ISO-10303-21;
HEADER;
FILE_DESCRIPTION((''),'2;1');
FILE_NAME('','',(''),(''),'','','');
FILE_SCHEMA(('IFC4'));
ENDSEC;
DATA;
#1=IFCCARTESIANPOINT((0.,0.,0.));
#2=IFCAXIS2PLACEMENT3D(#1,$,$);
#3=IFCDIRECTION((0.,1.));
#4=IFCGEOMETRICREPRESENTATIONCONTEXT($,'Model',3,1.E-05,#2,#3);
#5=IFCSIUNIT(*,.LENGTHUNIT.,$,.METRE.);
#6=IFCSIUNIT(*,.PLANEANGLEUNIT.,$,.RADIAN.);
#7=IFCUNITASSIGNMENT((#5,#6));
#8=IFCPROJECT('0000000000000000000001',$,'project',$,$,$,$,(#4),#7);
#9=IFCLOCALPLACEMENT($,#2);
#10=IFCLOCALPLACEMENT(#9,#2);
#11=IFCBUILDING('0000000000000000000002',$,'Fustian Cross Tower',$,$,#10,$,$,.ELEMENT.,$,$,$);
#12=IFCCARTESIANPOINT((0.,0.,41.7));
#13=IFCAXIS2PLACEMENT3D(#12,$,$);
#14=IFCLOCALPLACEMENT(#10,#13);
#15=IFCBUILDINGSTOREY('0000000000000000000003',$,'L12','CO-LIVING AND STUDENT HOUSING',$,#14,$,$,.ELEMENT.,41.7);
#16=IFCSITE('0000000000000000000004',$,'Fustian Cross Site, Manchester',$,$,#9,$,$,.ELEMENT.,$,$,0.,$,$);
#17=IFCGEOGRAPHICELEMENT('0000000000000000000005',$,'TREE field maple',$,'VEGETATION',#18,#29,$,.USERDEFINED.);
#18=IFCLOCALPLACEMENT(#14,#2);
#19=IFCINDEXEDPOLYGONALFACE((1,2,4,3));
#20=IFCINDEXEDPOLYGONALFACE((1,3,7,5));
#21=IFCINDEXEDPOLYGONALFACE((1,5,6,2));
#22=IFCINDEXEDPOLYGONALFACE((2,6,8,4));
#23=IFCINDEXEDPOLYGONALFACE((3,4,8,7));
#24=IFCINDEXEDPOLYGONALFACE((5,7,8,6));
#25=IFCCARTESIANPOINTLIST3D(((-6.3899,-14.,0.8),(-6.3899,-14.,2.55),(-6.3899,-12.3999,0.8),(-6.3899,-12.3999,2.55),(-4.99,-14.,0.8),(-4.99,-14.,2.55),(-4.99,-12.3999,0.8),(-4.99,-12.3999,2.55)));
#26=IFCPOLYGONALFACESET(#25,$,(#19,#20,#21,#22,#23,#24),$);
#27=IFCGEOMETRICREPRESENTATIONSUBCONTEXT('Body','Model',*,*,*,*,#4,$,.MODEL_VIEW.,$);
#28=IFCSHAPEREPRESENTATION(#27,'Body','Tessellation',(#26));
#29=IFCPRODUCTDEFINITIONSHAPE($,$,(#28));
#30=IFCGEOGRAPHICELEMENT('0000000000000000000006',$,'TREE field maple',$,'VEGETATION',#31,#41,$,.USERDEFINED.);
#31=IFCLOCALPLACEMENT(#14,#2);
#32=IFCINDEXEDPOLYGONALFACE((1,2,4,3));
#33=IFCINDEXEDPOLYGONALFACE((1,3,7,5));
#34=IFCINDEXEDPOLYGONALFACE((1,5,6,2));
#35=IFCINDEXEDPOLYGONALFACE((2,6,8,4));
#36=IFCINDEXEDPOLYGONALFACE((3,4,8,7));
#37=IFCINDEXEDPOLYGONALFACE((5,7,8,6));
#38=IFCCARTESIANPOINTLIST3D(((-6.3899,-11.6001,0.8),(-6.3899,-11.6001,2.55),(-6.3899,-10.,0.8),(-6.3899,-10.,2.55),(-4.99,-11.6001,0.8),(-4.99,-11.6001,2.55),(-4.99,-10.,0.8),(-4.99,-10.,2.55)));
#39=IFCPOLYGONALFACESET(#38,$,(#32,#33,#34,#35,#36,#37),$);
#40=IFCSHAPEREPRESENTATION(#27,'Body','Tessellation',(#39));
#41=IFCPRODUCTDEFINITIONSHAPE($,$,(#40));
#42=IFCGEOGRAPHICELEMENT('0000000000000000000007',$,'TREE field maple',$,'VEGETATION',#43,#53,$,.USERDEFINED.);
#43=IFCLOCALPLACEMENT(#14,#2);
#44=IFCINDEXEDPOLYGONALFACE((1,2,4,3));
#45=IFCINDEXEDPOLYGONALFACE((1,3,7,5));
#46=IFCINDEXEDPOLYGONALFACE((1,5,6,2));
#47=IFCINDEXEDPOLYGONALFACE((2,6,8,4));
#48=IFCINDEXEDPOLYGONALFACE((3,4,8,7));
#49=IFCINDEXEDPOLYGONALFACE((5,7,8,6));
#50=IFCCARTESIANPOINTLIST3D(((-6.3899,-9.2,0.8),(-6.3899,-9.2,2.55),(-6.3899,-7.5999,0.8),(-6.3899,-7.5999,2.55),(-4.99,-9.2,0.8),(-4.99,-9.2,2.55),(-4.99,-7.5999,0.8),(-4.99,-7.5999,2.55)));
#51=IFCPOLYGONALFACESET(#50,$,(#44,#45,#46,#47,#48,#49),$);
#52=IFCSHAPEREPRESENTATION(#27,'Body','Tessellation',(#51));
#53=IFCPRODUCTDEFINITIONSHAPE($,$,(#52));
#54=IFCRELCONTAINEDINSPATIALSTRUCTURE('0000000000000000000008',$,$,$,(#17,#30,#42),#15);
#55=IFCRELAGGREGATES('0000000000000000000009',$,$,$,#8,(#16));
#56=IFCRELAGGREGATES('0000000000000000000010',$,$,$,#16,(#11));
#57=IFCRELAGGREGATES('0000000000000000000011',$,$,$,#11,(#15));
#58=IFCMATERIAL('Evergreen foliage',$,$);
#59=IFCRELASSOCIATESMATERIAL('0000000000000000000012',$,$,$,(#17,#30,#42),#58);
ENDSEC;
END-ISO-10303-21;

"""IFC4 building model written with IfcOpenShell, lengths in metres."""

from ifc_helpers import new_model, si_unit, direction, frame, origin, origin_2d, place, context, subcontext, project, spatial, rectangle, extrude, material, element, save


model = new_model("IFC4")

# Units and contexts
model_context = context("Model", 3, precision=1e-05, world=origin(), true_north=direction((0.0, 1.0)))
body_context = subcontext(model_context, "Body", "Model", "MODEL_VIEW")
ifc_project = project(units=[si_unit("LENGTHUNIT", "METRE"), si_unit("PLANEANGLEUNIT", "RADIAN")], contexts=[model_context])

# Site, building, storey
site_placement = place(None, origin())
site = spatial("IfcSite", under=ifc_project, at=site_placement, Name="Fustian Cross Site, Manchester", CompositionType="ELEMENT", RefElevation=0.0)
building_placement = place(site_placement, origin())
building = spatial("IfcBuilding", under=site, at=building_placement, Name="Fustian Cross Tower", CompositionType="ELEMENT")
storey_placement = place(building_placement, frame((0.0, 0.0, 41.7)))
storey = spatial("IfcBuildingStorey", under=building, at=storey_placement, Name="L12", Description="CO-LIVING AND STUDENT HOUSING", CompositionType="ELEMENT", Elevation=41.7)

# Geographic elements
ifc_material_1 = material(Name="Evergreen foliage")
for number, where, z_axis, x_axis, name in (
    (1, (-5.6899, -13.2, 0.8), (0.0, 0.0, 1.0), (1.0, 0.0, 0.0), "TREE field maple"),
    (2, (-5.6899, -10.8, 0.8), (0.0, 0.0, 1.0), (1.0, 0.0, 0.0), "TREE field maple"),
    (3, (-5.6899, -8.3999, 0.8), (0.0, 0.0, 1.0), (1.0, 0.0, 0.0), "TREE field maple"),
):
    element("IfcGeographicElement", number, at=place(storey_placement, frame(where, z_axis=z_axis, x_axis=x_axis)), inside=storey, material=ifc_material_1, Name=name, ObjectType="VEGETATION", PredefinedType="USERDEFINED", context=body_context, shape_type="SweptSolid", body=[
        extrude(rectangle(XDim=1.3999, YDim=1.6001, at=origin_2d()), origin(), (0.0, 0.0, 1.0), 1.75),
    ])

save(model, "model.ifc")
